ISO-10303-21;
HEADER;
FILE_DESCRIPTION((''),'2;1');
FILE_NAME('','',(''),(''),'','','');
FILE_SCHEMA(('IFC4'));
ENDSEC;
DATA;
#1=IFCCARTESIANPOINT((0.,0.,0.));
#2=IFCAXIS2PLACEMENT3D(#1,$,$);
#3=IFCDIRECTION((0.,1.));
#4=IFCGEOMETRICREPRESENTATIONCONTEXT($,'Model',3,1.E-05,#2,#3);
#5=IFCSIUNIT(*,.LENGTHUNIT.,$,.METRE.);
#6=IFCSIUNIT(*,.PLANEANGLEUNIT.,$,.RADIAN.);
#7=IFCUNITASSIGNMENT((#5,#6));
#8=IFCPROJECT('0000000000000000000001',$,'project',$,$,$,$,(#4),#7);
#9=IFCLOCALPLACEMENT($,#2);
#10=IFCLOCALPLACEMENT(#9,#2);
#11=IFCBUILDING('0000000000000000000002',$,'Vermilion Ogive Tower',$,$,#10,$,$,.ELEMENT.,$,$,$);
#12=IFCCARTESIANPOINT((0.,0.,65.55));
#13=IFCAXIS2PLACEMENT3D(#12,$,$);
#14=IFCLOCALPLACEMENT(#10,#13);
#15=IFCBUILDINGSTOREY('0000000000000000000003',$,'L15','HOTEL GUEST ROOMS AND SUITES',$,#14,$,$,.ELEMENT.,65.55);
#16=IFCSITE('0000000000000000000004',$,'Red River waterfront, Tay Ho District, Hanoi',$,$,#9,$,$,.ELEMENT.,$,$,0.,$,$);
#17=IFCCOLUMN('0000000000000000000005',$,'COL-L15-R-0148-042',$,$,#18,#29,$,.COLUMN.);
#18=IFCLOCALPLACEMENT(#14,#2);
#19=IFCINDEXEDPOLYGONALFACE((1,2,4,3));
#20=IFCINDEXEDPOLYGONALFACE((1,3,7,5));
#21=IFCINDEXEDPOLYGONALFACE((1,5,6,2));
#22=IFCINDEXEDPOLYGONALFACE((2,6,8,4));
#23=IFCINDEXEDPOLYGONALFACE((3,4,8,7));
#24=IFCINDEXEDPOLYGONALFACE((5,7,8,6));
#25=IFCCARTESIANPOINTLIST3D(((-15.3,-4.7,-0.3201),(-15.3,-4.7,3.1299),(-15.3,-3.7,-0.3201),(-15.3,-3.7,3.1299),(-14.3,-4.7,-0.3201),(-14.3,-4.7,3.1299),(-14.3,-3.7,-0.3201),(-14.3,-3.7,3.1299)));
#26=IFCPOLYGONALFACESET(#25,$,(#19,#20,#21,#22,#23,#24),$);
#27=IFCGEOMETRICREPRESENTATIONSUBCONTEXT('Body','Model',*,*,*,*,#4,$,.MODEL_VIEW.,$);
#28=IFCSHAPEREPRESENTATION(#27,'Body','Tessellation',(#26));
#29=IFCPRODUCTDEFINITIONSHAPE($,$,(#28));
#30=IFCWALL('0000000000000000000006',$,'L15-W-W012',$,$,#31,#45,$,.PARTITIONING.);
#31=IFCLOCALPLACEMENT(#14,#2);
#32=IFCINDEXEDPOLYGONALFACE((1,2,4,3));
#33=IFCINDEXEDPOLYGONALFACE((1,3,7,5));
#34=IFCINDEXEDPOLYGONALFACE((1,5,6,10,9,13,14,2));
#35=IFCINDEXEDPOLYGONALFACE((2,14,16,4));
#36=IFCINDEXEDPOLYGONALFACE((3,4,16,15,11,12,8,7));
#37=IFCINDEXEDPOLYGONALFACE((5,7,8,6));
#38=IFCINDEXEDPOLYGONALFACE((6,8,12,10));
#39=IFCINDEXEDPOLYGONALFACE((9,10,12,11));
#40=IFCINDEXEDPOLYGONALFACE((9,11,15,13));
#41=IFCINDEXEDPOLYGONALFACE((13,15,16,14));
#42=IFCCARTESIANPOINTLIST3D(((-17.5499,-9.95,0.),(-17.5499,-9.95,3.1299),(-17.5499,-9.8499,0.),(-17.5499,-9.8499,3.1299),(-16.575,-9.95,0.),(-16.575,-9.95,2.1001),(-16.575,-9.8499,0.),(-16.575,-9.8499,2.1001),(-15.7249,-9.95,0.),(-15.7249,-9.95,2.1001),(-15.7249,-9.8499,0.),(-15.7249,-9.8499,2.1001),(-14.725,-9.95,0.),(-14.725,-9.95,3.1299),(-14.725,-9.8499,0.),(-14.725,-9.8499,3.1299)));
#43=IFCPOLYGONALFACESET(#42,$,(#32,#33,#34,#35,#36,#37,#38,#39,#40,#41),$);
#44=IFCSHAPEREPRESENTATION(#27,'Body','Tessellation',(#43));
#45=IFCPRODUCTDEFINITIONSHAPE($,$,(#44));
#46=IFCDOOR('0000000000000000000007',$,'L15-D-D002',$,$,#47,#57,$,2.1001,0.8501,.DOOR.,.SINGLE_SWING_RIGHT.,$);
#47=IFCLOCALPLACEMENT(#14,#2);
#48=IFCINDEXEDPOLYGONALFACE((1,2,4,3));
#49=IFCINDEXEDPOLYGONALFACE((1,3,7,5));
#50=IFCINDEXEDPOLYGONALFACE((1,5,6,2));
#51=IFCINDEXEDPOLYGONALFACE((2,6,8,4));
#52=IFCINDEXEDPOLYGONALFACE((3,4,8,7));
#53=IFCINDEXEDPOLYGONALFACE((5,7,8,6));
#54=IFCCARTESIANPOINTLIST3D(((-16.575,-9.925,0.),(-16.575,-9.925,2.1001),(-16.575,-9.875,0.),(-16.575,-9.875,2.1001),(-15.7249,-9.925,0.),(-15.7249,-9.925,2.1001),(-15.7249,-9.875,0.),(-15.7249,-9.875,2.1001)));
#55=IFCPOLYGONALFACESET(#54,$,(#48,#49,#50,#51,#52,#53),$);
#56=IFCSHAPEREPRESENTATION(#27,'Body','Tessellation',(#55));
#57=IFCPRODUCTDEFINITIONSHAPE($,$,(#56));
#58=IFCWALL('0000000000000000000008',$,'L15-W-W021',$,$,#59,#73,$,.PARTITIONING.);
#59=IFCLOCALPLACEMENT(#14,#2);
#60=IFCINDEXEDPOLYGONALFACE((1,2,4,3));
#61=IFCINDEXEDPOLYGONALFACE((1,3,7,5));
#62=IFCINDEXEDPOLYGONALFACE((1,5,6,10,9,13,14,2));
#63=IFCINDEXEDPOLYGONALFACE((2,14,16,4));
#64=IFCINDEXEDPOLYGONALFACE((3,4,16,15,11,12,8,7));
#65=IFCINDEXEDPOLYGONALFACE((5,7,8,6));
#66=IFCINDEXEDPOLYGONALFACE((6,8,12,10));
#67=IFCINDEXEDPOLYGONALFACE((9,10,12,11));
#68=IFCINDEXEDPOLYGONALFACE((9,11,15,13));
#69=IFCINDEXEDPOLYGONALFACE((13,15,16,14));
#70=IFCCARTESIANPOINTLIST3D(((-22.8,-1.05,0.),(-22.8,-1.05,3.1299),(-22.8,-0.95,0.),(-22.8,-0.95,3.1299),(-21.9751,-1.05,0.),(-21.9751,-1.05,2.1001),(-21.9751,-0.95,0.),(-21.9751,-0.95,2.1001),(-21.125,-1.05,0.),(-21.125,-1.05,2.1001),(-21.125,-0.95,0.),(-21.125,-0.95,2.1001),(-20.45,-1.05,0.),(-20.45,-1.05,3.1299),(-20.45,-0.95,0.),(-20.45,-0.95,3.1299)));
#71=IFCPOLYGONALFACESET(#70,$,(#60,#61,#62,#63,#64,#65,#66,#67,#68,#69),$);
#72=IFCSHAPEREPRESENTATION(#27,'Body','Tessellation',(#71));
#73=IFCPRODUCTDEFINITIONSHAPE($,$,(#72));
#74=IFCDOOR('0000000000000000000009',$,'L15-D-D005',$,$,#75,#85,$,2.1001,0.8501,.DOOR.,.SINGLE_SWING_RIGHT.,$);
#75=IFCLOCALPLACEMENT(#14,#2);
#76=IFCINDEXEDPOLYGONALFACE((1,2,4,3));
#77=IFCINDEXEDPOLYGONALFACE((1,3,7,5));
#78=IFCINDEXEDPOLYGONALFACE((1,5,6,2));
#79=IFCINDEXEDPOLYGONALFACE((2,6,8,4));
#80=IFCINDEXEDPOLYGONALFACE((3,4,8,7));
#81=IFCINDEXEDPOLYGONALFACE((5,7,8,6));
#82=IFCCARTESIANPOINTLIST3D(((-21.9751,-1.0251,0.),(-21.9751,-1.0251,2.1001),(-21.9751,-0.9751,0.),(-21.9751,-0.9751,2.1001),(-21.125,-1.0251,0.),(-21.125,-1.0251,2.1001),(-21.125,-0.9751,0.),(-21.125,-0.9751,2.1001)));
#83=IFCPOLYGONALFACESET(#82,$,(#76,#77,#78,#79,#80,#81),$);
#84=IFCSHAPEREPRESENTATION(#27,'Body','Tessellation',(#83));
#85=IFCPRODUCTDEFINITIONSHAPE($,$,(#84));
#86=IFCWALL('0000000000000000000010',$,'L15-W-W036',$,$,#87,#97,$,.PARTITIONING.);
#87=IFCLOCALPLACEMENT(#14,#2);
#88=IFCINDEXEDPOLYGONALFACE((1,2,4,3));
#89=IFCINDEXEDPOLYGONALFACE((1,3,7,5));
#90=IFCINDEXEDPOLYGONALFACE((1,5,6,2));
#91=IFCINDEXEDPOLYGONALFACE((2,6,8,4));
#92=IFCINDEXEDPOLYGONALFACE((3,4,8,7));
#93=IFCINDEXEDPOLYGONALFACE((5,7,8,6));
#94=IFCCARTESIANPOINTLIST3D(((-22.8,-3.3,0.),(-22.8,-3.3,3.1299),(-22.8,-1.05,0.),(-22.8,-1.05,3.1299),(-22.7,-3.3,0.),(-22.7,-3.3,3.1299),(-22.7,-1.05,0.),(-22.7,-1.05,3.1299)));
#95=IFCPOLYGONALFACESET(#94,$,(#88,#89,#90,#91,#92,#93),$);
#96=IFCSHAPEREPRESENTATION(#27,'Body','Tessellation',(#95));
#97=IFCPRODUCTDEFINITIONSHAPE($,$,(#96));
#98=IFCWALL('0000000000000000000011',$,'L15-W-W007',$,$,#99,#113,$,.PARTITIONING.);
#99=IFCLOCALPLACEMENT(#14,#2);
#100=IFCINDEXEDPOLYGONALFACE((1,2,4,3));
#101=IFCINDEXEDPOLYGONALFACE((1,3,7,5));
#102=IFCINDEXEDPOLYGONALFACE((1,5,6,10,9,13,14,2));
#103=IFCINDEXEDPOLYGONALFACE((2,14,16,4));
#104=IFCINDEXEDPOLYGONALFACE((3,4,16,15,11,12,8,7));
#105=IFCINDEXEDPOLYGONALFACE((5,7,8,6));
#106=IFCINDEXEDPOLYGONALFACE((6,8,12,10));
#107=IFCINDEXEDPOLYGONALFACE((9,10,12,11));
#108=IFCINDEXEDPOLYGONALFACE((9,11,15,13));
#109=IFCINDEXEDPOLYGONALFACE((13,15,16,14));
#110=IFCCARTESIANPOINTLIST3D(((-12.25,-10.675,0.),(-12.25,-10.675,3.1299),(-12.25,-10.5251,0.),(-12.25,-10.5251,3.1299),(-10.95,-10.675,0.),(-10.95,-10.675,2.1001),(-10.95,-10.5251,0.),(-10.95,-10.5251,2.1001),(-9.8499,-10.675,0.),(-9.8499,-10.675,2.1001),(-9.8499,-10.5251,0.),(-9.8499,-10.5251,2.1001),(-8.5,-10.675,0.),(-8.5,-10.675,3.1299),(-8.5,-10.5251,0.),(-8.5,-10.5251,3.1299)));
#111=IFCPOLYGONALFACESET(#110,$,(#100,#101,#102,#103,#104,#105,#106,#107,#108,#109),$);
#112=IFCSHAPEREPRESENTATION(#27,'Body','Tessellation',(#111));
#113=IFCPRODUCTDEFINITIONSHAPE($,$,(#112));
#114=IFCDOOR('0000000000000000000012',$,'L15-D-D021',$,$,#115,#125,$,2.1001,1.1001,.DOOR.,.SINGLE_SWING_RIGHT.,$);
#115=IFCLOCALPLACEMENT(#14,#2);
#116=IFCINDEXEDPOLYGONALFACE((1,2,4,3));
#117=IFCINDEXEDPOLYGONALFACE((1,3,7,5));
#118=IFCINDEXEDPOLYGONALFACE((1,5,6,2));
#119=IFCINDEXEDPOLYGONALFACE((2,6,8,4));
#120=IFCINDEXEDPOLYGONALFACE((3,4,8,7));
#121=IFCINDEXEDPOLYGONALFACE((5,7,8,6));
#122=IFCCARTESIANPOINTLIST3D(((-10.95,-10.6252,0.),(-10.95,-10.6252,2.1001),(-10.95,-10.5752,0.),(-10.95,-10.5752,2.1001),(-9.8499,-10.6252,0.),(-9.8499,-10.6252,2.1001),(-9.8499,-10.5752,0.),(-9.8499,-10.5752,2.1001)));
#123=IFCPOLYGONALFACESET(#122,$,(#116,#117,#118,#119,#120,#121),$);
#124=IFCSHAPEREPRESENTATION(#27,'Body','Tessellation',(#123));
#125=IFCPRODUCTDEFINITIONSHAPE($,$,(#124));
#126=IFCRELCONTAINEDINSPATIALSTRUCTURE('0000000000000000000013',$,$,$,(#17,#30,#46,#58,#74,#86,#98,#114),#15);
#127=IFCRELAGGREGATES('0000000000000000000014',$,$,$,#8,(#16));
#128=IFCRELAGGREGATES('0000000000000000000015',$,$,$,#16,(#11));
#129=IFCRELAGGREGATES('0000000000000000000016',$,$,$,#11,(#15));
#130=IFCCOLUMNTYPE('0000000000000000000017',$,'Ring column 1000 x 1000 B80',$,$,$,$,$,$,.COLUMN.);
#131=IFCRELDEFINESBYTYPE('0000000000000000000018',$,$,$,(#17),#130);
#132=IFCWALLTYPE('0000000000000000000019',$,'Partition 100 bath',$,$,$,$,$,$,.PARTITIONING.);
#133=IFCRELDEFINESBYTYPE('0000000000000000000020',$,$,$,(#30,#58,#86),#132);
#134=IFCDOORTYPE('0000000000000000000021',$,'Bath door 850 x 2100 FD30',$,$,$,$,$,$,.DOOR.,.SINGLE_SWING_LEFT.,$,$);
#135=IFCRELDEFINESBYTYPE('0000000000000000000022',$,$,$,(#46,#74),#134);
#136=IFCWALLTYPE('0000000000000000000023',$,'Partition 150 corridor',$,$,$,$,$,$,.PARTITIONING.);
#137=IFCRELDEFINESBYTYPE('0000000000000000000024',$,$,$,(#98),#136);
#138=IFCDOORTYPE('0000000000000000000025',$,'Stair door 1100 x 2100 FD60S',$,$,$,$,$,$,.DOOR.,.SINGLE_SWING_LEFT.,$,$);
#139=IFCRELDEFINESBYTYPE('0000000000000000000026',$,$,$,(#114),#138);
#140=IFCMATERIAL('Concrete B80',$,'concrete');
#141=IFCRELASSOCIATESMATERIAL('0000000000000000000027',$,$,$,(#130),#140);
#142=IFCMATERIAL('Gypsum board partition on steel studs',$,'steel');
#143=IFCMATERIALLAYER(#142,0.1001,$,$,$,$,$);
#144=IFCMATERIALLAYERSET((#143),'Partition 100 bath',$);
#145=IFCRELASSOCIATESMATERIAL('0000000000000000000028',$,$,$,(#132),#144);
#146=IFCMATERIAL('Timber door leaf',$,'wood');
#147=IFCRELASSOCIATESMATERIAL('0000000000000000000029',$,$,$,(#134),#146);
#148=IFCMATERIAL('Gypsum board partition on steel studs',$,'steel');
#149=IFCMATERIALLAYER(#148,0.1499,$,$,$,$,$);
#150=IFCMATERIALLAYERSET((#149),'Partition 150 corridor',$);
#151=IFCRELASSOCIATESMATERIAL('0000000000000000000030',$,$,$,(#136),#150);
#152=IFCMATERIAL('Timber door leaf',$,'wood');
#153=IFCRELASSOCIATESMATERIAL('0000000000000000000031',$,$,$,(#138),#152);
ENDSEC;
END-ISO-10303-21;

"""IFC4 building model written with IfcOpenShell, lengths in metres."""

from ifc_helpers import new_model, si_unit, direction, frame, frame_2d, origin, origin_2d, place, context, subcontext, project, spatial, rectangle, extrude, material, layer, layer_set, material_profile, profile_set, type_object, element, fill, save


model = new_model("IFC4")

# Units and contexts
model_context = context("Model", 3, precision=1e-05, world=origin(), true_north=direction((0.0, 1.0)))
body_context = subcontext(model_context, "Body", "Model", "MODEL_VIEW")
ifc_project = project(units=[si_unit("LENGTHUNIT", "METRE"), si_unit("PLANEANGLEUNIT", "RADIAN")], contexts=[model_context])

# Site, building, storey
site_placement = place(None, origin())
site = spatial("IfcSite", under=ifc_project, at=site_placement, Name="Red River waterfront, Tay Ho District, Hanoi", CompositionType="ELEMENT", RefElevation=0.0)
building_placement = place(site_placement, origin())
building = spatial("IfcBuilding", under=site, at=building_placement, Name="Vermilion Ogive Tower", CompositionType="ELEMENT")
storey_placement = place(building_placement, frame((0.0, 0.0, 65.55)))
storey = spatial("IfcBuildingStorey", under=building, at=storey_placement, Name="L15", Description="HOTEL GUEST ROOMS AND SUITES", CompositionType="ELEMENT", Elevation=65.55)

# Column
ifc_material_1 = material(Name="Concrete B80", Category="concrete")
ifc_material_profile = material_profile(ifc_material_1, rectangle(XDim=1.0, YDim=1.0, at=origin_2d()), Name="1000 x 1000")
ifc_profile_set = profile_set([ifc_material_profile], Name="Concrete B80")
column_type = type_object("IfcColumnType", Name="Ring column 1000 x 1000 B80", PredefinedType="COLUMN", material=ifc_profile_set)
column_placement = place(storey_placement, frame((-14.8, -4.2, -0.3201), z_axis=(0.0, 0.0, 1.0), x_axis=(1.0, 0.0, 0.0)))
element("IfcColumn", 1, at=column_placement, inside=storey, type_object=column_type, Name="COL-L15-R-0148-042", PredefinedType="COLUMN", context=body_context, shape_type="SweptSolid", body=[
    extrude(rectangle(XDim=1.0, YDim=1.0, at=origin_2d()), origin(), (0.0, 0.0, 1.0), 3.45),
])

# Walls, openings, doors
ifc_material_2 = material(Name="Gypsum board partition on steel studs", Category="steel")
ifc_layer_1 = layer(ifc_material_2, 0.1001)
ifc_layer_set_1 = layer_set([ifc_layer_1], Name="Partition 100 bath")
wall_type_1 = type_object("IfcWallType", Name="Partition 100 bath", PredefinedType="PARTITIONING", material=ifc_layer_set_1)
wall_1_placement = place(storey_placement, frame((-17.55, -9.8999, 0.0), z_axis=(0.0, 0.0, 1.0), x_axis=(1.0, 0.0, 0.0)))
wall_1 = element("IfcWall", 2, at=wall_1_placement, inside=storey, type_object=wall_type_1, Name="L15-W-W012", PredefinedType="PARTITIONING", context=body_context, shape_type="SweptSolid", body=[
    extrude(rectangle(XDim=2.825, YDim=0.1001, at=frame_2d((1.4126, 0.0))), origin(), (0.0, 0.0, 1.0), 3.1299),
])
opening_1_placement = place(wall_1_placement, frame((0.9751, 0.0, 0.0)))
opening_1 = element("IfcOpeningElement", 3, at=opening_1_placement, cuts=wall_1, PredefinedType="OPENING", context=body_context, shape_type="SweptSolid", body=[
    extrude(rectangle(XDim=0.8501, YDim=2.1001, at=frame_2d((0.425, 1.05))), frame((0.0, 0.0601, 0.0), z_axis=(0.0, -1.0, 0.0), x_axis=(1.0, 0.0, 0.0)), (0.0, 0.0, 1.0), 0.1201),
])
ifc_material_3 = material(Name="Timber door leaf", Category="wood")
door_type_1 = type_object("IfcDoorType", Name="Bath door 850 x 2100 FD30", OperationType="SINGLE_SWING_LEFT", PredefinedType="DOOR", material=ifc_material_3)
door_1_placement = place(opening_1_placement, origin())
door_1 = element("IfcDoor", 4, at=door_1_placement, inside=storey, type_object=door_type_1, Name="L15-D-D002", OperationType="SINGLE_SWING_RIGHT", OverallHeight=2.1001, OverallWidth=0.8501, PredefinedType="DOOR", context=body_context, shape_type="SweptSolid", body=[
    extrude(rectangle(XDim=0.8501, YDim=2.1001, at=frame_2d((0.425, 1.05))), frame((0.0, 0.0249, 0.0), z_axis=(0.0, -1.0, 0.0), x_axis=(1.0, 0.0, 0.0)), (0.0, 0.0, 1.0), 0.05),
])
fill(opening_1, door_1)
wall_2_placement = place(storey_placement, frame((-22.8, -1.0, 0.0), z_axis=(0.0, 0.0, 1.0), x_axis=(1.0, 0.0, 0.0)))
wall_2 = element("IfcWall", 5, at=wall_2_placement, inside=storey, type_object=wall_type_1, Name="L15-W-W021", PredefinedType="PARTITIONING", context=body_context, shape_type="SweptSolid", body=[
    extrude(rectangle(XDim=2.3501, YDim=0.1001, at=frame_2d((1.175, 0.0))), origin(), (0.0, 0.0, 1.0), 3.1299),
])
opening_2_placement = place(wall_2_placement, frame((0.825, 0.0, 0.0)))
opening_2 = element("IfcOpeningElement", 6, at=opening_2_placement, cuts=wall_2, PredefinedType="OPENING", context=body_context, shape_type="SweptSolid", body=[
    extrude(rectangle(XDim=0.8501, YDim=2.1001, at=frame_2d((0.425, 1.05))), frame((0.0, 0.0601, 0.0), z_axis=(0.0, -1.0, 0.0), x_axis=(1.0, 0.0, 0.0)), (0.0, 0.0, 1.0), 0.1201),
])
door_2_placement = place(opening_2_placement, origin())
door_2 = element("IfcDoor", 7, at=door_2_placement, inside=storey, type_object=door_type_1, Name="L15-D-D005", OperationType="SINGLE_SWING_RIGHT", OverallHeight=2.1001, OverallWidth=0.8501, PredefinedType="DOOR", context=body_context, shape_type="SweptSolid", body=[
    extrude(rectangle(XDim=0.8501, YDim=2.1001, at=frame_2d((0.425, 1.05))), frame((0.0, 0.0249, 0.0), z_axis=(0.0, -1.0, 0.0), x_axis=(1.0, 0.0, 0.0)), (0.0, 0.0, 1.0), 0.05),
])
fill(opening_2, door_2)

# Wall
wall_3_placement = place(storey_placement, frame((-22.75, -3.3, 0.0), z_axis=(0.0, 0.0, 1.0), x_axis=(0.0, 1.0, 0.0)))
element("IfcWall", 8, at=wall_3_placement, inside=storey, type_object=wall_type_1, Name="L15-W-W036", PredefinedType="PARTITIONING", context=body_context, shape_type="SweptSolid", body=[
    extrude(rectangle(XDim=2.25, YDim=0.1001, at=frame_2d((1.125, 0.0))), origin(), (0.0, 0.0, 1.0), 3.1299),
])

# Wall, opening, door
ifc_material_4 = material(Name="Gypsum board partition on steel studs", Category="steel")
ifc_layer_2 = layer(ifc_material_4, 0.1499)
ifc_layer_set_2 = layer_set([ifc_layer_2], Name="Partition 150 corridor")
wall_type_2 = type_object("IfcWallType", Name="Partition 150 corridor", PredefinedType="PARTITIONING", material=ifc_layer_set_2)
wall_4_placement = place(storey_placement, frame((-12.25, -10.6001, 0.0), z_axis=(0.0, 0.0, 1.0), x_axis=(1.0, 0.0, 0.0)))
wall_4 = element("IfcWall", 9, at=wall_4_placement, inside=storey, type_object=wall_type_2, Name="L15-W-W007", PredefinedType="PARTITIONING", context=body_context, shape_type="SweptSolid", body=[
    extrude(rectangle(XDim=3.75, YDim=0.1499, at=frame_2d((1.875, 0.0))), origin(), (0.0, 0.0, 1.0), 3.1299),
])
opening_3_placement = place(wall_4_placement, frame((1.3, 0.0, 0.0)))
opening_3 = element("IfcOpeningElement", 10, at=opening_3_placement, cuts=wall_4, PredefinedType="OPENING", context=body_context, shape_type="SweptSolid", body=[
    extrude(rectangle(XDim=1.1001, YDim=2.1001, at=frame_2d((0.55, 1.05))), frame((0.0, 0.085, 0.0), z_axis=(0.0, -1.0, 0.0), x_axis=(1.0, 0.0, 0.0)), (0.0, 0.0, 1.0), 0.1699),
])
ifc_material_5 = material(Name="Timber door leaf", Category="wood")
door_type_2 = type_object("IfcDoorType", Name="Stair door 1100 x 2100 FD60S", OperationType="SINGLE_SWING_LEFT", PredefinedType="DOOR", material=ifc_material_5)
door_3_placement = place(opening_3_placement, origin())
door_3 = element("IfcDoor", 11, at=door_3_placement, inside=storey, type_object=door_type_2, Name="L15-D-D021", OperationType="SINGLE_SWING_RIGHT", OverallHeight=2.1001, OverallWidth=1.1001, PredefinedType="DOOR", context=body_context, shape_type="SweptSolid", body=[
    extrude(rectangle(XDim=1.1001, YDim=2.1001, at=frame_2d((0.55, 1.05))), frame((0.0, 0.0249, 0.0), z_axis=(0.0, -1.0, 0.0), x_axis=(1.0, 0.0, 0.0)), (0.0, 0.0, 1.0), 0.05),
])
fill(opening_3, door_3)

save(model, "model.ifc")
